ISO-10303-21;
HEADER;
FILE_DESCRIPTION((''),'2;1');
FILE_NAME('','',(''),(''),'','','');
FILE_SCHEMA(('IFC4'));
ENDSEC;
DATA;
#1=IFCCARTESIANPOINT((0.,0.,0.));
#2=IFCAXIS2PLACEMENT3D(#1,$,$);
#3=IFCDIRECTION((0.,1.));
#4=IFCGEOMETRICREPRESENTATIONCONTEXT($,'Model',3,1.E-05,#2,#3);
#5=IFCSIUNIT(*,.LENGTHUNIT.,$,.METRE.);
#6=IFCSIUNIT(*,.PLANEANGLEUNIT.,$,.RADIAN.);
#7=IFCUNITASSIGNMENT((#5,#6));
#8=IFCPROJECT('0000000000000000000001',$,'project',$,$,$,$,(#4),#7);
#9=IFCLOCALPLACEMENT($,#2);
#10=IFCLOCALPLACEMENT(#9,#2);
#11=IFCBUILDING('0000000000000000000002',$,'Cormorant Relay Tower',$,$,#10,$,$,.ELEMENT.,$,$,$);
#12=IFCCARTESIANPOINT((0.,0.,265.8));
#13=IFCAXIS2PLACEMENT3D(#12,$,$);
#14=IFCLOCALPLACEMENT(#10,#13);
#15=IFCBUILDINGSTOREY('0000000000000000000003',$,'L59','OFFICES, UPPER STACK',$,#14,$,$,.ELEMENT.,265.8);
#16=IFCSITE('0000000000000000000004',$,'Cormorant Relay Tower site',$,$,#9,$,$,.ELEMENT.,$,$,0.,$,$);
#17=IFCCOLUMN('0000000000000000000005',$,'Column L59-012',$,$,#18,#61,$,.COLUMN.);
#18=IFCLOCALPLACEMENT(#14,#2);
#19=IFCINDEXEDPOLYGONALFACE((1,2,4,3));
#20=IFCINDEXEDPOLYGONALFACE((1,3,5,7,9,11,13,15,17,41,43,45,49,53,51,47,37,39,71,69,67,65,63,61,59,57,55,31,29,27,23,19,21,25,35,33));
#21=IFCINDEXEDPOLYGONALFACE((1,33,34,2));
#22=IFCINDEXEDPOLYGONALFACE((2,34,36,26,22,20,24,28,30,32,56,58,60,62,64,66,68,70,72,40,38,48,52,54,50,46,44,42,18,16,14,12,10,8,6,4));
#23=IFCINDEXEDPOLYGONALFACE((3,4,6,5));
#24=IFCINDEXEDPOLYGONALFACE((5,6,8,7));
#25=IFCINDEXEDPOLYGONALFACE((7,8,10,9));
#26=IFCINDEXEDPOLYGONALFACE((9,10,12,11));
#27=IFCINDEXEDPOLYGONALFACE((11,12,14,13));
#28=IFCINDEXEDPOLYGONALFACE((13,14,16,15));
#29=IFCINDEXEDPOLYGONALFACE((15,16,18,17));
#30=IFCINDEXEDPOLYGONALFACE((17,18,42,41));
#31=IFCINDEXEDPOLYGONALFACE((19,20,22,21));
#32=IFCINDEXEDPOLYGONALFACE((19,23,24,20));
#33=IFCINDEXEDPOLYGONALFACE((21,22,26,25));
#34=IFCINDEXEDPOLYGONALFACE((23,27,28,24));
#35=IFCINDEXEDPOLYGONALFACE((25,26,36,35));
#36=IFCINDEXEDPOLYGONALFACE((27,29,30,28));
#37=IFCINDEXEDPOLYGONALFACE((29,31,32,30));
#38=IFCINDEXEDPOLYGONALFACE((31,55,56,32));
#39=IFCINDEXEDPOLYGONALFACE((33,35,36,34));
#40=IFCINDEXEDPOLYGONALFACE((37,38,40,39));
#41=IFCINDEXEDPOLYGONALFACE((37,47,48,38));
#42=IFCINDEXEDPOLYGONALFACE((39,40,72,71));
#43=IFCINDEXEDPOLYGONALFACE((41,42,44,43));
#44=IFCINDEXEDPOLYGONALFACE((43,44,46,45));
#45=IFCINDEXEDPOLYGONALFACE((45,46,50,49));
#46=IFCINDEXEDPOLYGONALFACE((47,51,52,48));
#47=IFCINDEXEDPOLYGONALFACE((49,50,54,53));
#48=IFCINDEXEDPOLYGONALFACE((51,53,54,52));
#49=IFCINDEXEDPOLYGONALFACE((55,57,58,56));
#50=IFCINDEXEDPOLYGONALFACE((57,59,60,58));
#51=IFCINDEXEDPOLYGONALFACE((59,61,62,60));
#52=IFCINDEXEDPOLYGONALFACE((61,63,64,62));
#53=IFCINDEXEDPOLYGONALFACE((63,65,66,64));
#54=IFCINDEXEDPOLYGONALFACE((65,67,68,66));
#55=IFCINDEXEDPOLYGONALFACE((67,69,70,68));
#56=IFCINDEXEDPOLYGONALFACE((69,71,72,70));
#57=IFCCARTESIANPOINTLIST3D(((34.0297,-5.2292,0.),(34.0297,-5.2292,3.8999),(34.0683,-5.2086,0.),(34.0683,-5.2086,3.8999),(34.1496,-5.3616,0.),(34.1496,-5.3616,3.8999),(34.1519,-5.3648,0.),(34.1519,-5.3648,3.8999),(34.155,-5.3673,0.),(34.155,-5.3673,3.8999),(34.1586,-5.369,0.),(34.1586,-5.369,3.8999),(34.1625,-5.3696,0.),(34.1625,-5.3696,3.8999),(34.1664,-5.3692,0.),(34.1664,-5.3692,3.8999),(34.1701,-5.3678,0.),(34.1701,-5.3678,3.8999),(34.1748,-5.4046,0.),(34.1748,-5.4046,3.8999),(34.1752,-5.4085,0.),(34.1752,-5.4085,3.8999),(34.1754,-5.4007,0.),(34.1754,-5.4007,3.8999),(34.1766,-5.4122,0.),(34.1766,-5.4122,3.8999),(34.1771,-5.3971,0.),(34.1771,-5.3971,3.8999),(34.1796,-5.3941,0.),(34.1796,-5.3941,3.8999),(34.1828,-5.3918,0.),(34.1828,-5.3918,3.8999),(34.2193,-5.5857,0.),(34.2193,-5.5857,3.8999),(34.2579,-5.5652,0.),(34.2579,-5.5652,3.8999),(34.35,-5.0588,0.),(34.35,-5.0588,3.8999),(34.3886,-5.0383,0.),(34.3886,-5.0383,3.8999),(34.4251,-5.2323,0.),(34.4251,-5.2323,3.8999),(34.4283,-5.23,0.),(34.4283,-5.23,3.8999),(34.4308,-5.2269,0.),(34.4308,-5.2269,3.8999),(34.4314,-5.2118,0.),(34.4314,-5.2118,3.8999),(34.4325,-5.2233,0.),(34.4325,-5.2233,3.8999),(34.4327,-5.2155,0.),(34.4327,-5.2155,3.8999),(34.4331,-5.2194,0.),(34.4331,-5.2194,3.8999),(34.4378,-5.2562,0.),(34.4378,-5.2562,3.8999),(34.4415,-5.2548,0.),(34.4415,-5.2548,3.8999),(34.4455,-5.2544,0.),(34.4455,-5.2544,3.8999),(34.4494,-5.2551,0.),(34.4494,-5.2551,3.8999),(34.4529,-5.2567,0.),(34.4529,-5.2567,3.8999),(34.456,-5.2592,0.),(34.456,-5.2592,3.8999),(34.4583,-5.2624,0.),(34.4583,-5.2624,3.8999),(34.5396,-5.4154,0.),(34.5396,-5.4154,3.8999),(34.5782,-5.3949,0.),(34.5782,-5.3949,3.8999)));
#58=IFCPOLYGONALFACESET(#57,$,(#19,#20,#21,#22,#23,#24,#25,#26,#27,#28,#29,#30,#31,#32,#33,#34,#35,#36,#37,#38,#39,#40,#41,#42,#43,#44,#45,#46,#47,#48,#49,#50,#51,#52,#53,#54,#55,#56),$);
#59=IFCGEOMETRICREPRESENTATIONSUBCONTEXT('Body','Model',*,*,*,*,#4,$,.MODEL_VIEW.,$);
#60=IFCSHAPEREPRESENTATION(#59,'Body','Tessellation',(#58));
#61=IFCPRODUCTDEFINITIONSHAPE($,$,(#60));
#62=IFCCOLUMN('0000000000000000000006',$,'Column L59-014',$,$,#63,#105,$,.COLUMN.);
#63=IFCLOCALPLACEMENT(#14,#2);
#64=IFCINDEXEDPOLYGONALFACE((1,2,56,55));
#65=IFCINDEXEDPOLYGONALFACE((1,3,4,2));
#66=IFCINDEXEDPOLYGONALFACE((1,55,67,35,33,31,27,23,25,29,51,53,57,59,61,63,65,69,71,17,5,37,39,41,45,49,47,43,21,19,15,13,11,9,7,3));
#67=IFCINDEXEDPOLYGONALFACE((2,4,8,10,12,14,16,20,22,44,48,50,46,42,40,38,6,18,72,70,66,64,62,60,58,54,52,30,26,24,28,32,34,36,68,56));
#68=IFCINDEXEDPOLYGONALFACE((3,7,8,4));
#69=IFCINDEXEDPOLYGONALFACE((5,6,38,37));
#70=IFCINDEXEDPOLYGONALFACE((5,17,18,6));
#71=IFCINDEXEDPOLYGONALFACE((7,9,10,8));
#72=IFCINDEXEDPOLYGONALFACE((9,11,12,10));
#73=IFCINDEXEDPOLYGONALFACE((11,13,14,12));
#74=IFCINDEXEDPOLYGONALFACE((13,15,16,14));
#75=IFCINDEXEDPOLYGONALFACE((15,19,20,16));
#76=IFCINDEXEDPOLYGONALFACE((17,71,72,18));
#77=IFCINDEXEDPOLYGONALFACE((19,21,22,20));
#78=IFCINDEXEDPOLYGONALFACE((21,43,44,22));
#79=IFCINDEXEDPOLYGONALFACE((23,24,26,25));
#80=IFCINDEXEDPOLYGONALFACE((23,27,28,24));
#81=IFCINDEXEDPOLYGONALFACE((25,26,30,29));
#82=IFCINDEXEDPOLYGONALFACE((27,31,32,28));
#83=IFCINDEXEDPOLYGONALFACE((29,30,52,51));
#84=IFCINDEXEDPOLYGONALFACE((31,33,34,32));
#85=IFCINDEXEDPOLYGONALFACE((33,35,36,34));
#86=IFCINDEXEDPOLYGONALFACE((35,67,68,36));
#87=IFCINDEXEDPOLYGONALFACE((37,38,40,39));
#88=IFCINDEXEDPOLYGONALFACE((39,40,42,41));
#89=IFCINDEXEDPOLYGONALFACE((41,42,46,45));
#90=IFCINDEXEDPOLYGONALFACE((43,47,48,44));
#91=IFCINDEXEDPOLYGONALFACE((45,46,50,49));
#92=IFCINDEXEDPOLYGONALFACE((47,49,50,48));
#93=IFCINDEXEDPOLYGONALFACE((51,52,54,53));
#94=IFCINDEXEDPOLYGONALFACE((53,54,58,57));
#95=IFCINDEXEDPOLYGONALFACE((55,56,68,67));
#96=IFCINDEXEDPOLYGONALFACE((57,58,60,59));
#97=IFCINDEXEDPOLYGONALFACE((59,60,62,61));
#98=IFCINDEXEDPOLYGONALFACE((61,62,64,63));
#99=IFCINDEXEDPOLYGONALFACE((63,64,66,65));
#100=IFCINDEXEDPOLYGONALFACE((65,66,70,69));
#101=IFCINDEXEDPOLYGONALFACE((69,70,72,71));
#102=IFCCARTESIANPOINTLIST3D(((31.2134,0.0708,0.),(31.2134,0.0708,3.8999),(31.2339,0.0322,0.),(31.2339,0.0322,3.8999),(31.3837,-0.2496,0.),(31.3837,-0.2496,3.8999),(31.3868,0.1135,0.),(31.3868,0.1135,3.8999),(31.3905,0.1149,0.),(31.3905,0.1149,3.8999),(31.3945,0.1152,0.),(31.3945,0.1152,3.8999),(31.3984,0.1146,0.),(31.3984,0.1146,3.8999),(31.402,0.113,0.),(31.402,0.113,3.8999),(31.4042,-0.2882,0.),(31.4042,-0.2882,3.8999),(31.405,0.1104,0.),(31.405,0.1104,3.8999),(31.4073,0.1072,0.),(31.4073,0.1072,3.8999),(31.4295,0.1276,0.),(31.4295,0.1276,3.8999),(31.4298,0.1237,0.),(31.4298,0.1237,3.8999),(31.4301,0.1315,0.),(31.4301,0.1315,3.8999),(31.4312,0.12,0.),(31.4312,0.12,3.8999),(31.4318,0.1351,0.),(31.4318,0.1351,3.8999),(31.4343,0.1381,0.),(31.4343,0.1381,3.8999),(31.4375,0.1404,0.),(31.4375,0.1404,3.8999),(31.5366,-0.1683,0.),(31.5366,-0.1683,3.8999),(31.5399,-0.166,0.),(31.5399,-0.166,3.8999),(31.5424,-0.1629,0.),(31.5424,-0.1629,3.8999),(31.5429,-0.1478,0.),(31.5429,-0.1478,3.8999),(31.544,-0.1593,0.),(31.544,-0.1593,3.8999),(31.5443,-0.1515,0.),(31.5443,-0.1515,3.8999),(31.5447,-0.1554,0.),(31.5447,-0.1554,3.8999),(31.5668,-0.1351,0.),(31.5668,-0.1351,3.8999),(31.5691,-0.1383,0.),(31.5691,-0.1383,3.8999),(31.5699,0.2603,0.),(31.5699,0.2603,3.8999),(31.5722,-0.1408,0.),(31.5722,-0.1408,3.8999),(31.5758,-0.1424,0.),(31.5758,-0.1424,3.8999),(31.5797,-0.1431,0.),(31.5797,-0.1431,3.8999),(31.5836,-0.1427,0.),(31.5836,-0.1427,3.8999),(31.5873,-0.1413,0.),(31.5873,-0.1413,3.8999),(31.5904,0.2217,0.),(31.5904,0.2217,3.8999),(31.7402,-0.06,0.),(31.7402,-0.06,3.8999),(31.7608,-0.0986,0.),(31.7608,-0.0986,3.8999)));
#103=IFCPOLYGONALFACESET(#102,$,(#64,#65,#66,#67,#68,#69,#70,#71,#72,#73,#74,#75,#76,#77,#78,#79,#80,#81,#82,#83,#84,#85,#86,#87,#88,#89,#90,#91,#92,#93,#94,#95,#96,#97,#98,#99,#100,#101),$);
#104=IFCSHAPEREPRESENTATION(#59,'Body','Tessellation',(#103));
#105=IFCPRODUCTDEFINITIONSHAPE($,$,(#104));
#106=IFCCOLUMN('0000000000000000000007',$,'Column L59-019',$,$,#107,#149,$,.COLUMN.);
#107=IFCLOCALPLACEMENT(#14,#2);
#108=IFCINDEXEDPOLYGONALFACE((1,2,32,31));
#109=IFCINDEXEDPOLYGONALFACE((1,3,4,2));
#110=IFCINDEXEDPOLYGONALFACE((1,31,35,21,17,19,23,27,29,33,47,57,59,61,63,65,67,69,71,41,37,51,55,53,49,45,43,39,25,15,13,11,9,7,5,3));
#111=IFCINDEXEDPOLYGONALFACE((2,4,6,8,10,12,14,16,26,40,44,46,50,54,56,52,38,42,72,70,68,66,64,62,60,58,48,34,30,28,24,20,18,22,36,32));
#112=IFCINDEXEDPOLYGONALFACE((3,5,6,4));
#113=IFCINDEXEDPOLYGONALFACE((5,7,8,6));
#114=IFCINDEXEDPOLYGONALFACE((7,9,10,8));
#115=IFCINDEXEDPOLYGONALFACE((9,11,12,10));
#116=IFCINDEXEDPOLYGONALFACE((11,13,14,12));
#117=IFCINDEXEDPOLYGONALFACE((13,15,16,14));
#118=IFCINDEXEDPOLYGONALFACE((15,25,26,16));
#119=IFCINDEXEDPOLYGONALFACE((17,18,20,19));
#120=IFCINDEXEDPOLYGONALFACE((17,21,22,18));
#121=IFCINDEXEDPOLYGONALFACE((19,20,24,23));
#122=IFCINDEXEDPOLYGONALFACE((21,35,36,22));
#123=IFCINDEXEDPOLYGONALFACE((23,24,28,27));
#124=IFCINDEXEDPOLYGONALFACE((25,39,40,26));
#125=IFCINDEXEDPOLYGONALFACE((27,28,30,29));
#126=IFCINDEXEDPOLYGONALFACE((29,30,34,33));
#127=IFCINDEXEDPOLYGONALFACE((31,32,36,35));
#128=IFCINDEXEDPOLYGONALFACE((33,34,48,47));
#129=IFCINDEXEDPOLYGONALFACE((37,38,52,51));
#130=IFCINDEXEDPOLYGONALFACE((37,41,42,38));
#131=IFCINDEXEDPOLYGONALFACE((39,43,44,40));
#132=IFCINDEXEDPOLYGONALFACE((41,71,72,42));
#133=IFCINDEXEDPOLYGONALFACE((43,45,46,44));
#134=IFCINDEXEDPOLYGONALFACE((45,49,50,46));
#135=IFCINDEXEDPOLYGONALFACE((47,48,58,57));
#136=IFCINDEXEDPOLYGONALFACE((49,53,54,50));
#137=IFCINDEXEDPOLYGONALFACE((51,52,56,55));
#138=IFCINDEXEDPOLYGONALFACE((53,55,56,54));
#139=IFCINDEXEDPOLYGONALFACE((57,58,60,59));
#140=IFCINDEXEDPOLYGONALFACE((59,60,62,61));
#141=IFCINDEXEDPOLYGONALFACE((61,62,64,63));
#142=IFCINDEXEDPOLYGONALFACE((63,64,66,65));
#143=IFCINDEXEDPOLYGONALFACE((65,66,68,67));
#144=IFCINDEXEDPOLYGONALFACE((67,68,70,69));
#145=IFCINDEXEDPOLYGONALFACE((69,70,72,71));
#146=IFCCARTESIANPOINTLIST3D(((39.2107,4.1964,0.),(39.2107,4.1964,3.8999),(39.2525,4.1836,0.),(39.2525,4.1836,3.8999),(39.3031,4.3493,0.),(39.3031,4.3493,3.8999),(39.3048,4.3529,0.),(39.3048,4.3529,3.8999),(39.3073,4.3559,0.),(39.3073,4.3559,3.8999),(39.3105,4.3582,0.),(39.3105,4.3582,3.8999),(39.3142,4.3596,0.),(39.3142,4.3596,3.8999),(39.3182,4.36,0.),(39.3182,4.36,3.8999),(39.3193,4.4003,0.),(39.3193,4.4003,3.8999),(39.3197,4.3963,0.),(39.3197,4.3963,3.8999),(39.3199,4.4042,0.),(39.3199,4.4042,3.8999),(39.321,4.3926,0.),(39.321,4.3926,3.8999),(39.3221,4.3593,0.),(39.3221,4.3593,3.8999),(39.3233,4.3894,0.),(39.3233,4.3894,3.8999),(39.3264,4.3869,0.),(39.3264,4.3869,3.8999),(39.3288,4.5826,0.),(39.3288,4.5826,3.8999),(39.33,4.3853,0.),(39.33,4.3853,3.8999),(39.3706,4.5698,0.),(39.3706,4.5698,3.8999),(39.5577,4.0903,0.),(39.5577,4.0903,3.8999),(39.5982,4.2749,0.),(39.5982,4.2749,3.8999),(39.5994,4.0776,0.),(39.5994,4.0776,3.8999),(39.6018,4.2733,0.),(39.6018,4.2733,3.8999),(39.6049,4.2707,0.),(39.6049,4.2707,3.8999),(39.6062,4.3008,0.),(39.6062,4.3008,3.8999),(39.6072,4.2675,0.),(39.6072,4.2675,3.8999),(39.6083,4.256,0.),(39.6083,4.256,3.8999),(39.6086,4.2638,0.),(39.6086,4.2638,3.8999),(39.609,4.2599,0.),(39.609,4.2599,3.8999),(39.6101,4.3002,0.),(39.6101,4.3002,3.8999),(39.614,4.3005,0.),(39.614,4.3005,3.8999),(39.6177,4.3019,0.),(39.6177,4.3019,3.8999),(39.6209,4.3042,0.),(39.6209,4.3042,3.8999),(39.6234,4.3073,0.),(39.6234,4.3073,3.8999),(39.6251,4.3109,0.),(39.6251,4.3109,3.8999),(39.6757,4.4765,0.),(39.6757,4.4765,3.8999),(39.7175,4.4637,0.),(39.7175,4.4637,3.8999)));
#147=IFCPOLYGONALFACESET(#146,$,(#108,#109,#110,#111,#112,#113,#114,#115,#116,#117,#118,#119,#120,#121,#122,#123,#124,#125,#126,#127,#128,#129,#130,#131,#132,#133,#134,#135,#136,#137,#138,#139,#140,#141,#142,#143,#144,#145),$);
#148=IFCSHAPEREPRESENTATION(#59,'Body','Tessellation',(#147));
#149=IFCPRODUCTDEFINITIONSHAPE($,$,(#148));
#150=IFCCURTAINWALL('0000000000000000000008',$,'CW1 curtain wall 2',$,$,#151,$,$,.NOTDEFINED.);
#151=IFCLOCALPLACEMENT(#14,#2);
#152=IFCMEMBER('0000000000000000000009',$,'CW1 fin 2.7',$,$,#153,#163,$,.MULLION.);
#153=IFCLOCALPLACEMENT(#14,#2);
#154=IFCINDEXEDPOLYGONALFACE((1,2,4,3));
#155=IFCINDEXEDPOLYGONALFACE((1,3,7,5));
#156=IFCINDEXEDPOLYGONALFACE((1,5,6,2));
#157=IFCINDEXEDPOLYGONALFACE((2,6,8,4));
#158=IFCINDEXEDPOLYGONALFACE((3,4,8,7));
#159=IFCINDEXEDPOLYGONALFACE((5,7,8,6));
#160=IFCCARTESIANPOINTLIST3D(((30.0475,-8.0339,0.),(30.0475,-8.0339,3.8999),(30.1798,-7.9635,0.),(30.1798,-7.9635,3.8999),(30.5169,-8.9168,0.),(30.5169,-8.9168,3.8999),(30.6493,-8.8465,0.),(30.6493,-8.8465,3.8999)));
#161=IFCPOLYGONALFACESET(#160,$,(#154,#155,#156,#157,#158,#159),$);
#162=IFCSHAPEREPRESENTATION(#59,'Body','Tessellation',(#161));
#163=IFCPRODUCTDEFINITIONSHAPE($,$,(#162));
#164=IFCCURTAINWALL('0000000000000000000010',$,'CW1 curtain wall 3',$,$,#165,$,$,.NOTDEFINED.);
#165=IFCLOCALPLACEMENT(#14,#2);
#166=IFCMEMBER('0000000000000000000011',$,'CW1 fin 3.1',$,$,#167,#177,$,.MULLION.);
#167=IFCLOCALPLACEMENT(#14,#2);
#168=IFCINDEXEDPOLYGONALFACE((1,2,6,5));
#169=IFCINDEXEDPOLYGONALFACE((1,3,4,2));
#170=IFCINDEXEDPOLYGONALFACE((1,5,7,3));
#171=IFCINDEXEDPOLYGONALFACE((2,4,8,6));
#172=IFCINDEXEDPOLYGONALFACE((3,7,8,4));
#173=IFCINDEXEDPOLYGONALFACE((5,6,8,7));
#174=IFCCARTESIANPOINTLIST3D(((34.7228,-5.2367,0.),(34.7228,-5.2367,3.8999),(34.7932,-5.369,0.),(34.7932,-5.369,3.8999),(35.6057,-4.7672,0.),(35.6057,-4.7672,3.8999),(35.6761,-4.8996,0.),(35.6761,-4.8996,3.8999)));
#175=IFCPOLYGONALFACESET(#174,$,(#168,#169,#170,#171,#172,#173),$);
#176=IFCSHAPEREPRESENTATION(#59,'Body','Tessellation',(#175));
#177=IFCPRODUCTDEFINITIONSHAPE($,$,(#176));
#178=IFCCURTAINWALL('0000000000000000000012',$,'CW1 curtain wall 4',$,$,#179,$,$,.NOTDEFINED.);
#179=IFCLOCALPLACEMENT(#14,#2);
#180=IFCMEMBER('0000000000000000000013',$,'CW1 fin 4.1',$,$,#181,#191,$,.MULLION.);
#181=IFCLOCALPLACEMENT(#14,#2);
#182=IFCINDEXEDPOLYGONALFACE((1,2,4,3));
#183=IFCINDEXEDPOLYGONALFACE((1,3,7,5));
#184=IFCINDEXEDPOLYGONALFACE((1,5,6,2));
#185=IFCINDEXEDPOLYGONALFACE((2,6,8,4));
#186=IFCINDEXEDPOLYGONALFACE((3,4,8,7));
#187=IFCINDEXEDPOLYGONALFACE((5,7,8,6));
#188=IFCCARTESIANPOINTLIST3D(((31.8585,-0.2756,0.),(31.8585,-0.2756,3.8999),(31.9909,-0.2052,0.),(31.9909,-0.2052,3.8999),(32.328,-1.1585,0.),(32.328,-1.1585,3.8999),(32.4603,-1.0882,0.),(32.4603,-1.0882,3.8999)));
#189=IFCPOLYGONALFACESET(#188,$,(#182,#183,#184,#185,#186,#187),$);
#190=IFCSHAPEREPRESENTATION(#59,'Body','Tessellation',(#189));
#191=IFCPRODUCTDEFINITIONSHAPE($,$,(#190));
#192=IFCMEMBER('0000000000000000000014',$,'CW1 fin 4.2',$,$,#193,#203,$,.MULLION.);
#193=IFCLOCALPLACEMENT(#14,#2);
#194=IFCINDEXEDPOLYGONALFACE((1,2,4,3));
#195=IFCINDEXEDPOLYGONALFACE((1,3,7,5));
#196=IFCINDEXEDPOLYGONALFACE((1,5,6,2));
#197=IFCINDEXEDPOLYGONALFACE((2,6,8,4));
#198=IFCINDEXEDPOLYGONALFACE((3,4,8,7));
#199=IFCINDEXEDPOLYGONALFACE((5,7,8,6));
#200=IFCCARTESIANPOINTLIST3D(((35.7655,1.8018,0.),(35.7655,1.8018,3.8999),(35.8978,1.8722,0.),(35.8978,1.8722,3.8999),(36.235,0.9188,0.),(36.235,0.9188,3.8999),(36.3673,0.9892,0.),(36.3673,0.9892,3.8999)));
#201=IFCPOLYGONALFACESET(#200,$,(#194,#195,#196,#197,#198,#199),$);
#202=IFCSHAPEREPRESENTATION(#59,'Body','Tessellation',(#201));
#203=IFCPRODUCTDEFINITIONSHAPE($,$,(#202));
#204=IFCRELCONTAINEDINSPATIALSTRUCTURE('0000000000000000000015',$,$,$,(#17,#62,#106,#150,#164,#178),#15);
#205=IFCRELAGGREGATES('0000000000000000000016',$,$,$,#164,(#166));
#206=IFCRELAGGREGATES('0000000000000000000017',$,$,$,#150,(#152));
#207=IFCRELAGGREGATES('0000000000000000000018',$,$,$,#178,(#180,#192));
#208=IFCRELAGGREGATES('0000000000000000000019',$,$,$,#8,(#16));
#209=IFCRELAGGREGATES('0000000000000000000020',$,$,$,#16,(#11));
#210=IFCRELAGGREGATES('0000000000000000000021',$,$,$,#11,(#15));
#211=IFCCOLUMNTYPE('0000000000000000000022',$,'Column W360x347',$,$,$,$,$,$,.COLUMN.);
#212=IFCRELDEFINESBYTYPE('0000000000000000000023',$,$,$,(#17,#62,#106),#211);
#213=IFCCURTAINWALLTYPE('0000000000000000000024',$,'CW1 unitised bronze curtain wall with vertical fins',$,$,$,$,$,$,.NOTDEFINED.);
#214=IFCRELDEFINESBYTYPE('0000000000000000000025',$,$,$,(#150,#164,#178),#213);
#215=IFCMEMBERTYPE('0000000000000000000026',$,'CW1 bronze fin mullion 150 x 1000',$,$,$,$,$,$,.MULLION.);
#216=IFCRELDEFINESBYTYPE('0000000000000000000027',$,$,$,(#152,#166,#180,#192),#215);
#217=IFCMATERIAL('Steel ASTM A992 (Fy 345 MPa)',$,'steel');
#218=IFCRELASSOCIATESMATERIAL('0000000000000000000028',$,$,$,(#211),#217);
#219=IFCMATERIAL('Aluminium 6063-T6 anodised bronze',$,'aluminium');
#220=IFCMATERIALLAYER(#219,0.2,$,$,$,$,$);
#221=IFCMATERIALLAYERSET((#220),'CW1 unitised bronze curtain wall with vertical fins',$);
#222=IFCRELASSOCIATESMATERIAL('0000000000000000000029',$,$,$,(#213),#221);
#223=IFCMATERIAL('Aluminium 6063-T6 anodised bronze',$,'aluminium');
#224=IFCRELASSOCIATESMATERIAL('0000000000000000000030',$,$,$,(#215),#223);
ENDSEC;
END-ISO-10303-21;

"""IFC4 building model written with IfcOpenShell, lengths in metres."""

from ifc_helpers import new_model, si_unit, direction, frame, origin, origin_2d, place, context, subcontext, project, spatial, rectangle, i_section, extrude, material, layer, layer_set, material_profile, profile_set, type_object, element, aggregate, save


model = new_model("IFC4")

# Units and contexts
model_context = context("Model", 3, precision=1e-05, world=origin(), true_north=direction((0.0, 1.0)))
body_context = subcontext(model_context, "Body", "Model", "MODEL_VIEW")
ifc_project = project(units=[si_unit("LENGTHUNIT", "METRE"), si_unit("PLANEANGLEUNIT", "RADIAN")], contexts=[model_context])

# Site, building, storey
site_placement = place(None, origin())
site = spatial("IfcSite", under=ifc_project, at=site_placement, Name="Cormorant Relay Tower site", CompositionType="ELEMENT", RefElevation=0.0)
building_placement = place(site_placement, origin())
building = spatial("IfcBuilding", under=site, at=building_placement, Name="Cormorant Relay Tower", CompositionType="ELEMENT")
storey_placement = place(building_placement, frame((0.0, 0.0, 265.8)))
storey = spatial("IfcBuildingStorey", under=building, at=storey_placement, Name="L59", Description="OFFICES, UPPER STACK", CompositionType="ELEMENT", Elevation=265.8)

# Columns
ifc_material_1 = material(Name="Steel ASTM A992 (Fy 345 MPa)", Category="steel")
ifc_material_profile_1 = material_profile(ifc_material_1, i_section(OverallWidth=0.4038, OverallDepth=0.4065, WebThickness=0.0271, FlangeThickness=0.0437, FilletRadius=0.0151, at=origin_2d()), Name="W360x347")
ifc_profile_set_1 = profile_set([ifc_material_profile_1], Name="Steel ASTM A992 (Fy 345 MPa)")
column_type = type_object("IfcColumnType", Name="Column W360x347", PredefinedType="COLUMN", material=ifc_profile_set_1)
for number, where, z_axis, x_axis, name in (
    (1, (34.304, -5.312, 0.0), (0.0, 0.0, 1.0), (-0.469472, 0.882948, 0.0), "Column L59-012"),
    (2, (31.4871, -0.0139, 0.0), (0.0, 0.0, 1.0), (0.882948, 0.469472, 0.0), "Column L59-014"),
    (3, (39.4641, 4.3301, 0.0), (0.0, 0.0, 1.0), (0.292372, 0.956305, 0.0), "Column L59-019"),
):
    element("IfcColumn", number, at=place(storey_placement, frame(where, z_axis=z_axis, x_axis=x_axis)), inside=storey, type_object=column_type, Name=name, PredefinedType="COLUMN", context=body_context, shape_type="SweptSolid", body=[
        extrude(i_section(OverallWidth=0.4038, OverallDepth=0.4065, WebThickness=0.0271, FlangeThickness=0.0437, FilletRadius=0.0151, at=origin_2d()), origin(), (0.0, 0.0, 1.0), 3.8999),
    ])

# Curtain walls, members
ifc_material_2 = material(Name="Aluminium 6063-T6 anodised bronze", Category="aluminium")
ifc_layer_1 = layer(ifc_material_2, 0.2)
ifc_layer_set_1 = layer_set([ifc_layer_1], Name="CW1 unitised bronze curtain wall with vertical fins")
curtain_wall_type = type_object("IfcCurtainWallType", Name="CW1 unitised bronze curtain wall with vertical fins", PredefinedType="NOTDEFINED", material=ifc_layer_set_1)
curtain_wall_1_placement = place(storey_placement, origin())
curtain_wall_1 = element("IfcCurtainWall", 4, at=curtain_wall_1_placement, inside=storey, type_object=curtain_wall_type, Name="CW1 curtain wall 2", PredefinedType="NOTDEFINED")
ifc_material_3 = material(Name="Aluminium 6063-T6 anodised bronze", Category="aluminium")
ifc_material_profile_2 = material_profile(ifc_material_3, rectangle(XDim=0.1499, YDim=1.0, at=origin_2d()), Name="AL 150x1000")
ifc_profile_set_2 = profile_set([ifc_material_profile_2], Name="Aluminium 6063-T6 anodised bronze")
member_type_1 = type_object("IfcMemberType", Name="CW1 bronze fin mullion 150 x 1000", PredefinedType="MULLION", material=ifc_profile_set_2)
member_1_placement = place(storey_placement, frame((30.3484, -8.4402, 0.0), z_axis=(0.0, 0.0, 1.0), x_axis=(0.882948, 0.469472, 0.0)))
member_1 = element("IfcMember", 5, at=member_1_placement, type_object=member_type_1, Name="CW1 fin 2.7", PredefinedType="MULLION", context=body_context, shape_type="SweptSolid", body=[
    extrude(rectangle(XDim=0.1499, YDim=1.0, at=origin_2d()), origin(), (0.0, 0.0, 1.0), 3.8999),
])
curtain_wall_2_placement = place(storey_placement, origin())
curtain_wall_2 = element("IfcCurtainWall", 6, at=curtain_wall_2_placement, inside=storey, type_object=curtain_wall_type, Name="CW1 curtain wall 3", PredefinedType="NOTDEFINED")
member_2_placement = place(storey_placement, frame((35.1995, -5.0681, 0.0), z_axis=(0.0, 0.0, 1.0), x_axis=(-0.469472, 0.882948, 0.0)))
member_2 = element("IfcMember", 7, at=member_2_placement, type_object=member_type_1, Name="CW1 fin 3.1", PredefinedType="MULLION", context=body_context, shape_type="SweptSolid", body=[
    extrude(rectangle(XDim=0.1499, YDim=1.0, at=origin_2d()), origin(), (0.0, 0.0, 1.0), 3.8999),
])

# Curtain wall, members
curtain_wall_3_placement = place(storey_placement, origin())
curtain_wall_3 = element("IfcCurtainWall", 8, at=curtain_wall_3_placement, inside=storey, type_object=curtain_wall_type, Name="CW1 curtain wall 4", PredefinedType="NOTDEFINED")
member_3_placement = place(storey_placement, frame((32.1594, -0.6819, 0.0), z_axis=(0.0, 0.0, 1.0), x_axis=(0.882948, 0.469472, 0.0)))
member_3 = element("IfcMember", 9, at=member_3_placement, type_object=member_type_1, Name="CW1 fin 4.1", PredefinedType="MULLION", context=body_context, shape_type="SweptSolid", body=[
    extrude(rectangle(XDim=0.1499, YDim=1.0, at=origin_2d()), origin(), (0.0, 0.0, 1.0), 3.8999),
])
member_4_placement = place(storey_placement, frame((36.0664, 1.3955, 0.0), z_axis=(0.0, 0.0, 1.0), x_axis=(0.882948, 0.469472, 0.0)))
member_4 = element("IfcMember", 10, at=member_4_placement, type_object=member_type_1, Name="CW1 fin 4.2", PredefinedType="MULLION", context=body_context, shape_type="SweptSolid", body=[
    extrude(rectangle(XDim=0.1499, YDim=1.0, at=origin_2d()), origin(), (0.0, 0.0, 1.0), 3.8999),
])

aggregate(curtain_wall_2, [member_2])

aggregate(curtain_wall_1, [member_1])
aggregate(curtain_wall_3, [member_3, member_4])

save(model, "model.ifc")
